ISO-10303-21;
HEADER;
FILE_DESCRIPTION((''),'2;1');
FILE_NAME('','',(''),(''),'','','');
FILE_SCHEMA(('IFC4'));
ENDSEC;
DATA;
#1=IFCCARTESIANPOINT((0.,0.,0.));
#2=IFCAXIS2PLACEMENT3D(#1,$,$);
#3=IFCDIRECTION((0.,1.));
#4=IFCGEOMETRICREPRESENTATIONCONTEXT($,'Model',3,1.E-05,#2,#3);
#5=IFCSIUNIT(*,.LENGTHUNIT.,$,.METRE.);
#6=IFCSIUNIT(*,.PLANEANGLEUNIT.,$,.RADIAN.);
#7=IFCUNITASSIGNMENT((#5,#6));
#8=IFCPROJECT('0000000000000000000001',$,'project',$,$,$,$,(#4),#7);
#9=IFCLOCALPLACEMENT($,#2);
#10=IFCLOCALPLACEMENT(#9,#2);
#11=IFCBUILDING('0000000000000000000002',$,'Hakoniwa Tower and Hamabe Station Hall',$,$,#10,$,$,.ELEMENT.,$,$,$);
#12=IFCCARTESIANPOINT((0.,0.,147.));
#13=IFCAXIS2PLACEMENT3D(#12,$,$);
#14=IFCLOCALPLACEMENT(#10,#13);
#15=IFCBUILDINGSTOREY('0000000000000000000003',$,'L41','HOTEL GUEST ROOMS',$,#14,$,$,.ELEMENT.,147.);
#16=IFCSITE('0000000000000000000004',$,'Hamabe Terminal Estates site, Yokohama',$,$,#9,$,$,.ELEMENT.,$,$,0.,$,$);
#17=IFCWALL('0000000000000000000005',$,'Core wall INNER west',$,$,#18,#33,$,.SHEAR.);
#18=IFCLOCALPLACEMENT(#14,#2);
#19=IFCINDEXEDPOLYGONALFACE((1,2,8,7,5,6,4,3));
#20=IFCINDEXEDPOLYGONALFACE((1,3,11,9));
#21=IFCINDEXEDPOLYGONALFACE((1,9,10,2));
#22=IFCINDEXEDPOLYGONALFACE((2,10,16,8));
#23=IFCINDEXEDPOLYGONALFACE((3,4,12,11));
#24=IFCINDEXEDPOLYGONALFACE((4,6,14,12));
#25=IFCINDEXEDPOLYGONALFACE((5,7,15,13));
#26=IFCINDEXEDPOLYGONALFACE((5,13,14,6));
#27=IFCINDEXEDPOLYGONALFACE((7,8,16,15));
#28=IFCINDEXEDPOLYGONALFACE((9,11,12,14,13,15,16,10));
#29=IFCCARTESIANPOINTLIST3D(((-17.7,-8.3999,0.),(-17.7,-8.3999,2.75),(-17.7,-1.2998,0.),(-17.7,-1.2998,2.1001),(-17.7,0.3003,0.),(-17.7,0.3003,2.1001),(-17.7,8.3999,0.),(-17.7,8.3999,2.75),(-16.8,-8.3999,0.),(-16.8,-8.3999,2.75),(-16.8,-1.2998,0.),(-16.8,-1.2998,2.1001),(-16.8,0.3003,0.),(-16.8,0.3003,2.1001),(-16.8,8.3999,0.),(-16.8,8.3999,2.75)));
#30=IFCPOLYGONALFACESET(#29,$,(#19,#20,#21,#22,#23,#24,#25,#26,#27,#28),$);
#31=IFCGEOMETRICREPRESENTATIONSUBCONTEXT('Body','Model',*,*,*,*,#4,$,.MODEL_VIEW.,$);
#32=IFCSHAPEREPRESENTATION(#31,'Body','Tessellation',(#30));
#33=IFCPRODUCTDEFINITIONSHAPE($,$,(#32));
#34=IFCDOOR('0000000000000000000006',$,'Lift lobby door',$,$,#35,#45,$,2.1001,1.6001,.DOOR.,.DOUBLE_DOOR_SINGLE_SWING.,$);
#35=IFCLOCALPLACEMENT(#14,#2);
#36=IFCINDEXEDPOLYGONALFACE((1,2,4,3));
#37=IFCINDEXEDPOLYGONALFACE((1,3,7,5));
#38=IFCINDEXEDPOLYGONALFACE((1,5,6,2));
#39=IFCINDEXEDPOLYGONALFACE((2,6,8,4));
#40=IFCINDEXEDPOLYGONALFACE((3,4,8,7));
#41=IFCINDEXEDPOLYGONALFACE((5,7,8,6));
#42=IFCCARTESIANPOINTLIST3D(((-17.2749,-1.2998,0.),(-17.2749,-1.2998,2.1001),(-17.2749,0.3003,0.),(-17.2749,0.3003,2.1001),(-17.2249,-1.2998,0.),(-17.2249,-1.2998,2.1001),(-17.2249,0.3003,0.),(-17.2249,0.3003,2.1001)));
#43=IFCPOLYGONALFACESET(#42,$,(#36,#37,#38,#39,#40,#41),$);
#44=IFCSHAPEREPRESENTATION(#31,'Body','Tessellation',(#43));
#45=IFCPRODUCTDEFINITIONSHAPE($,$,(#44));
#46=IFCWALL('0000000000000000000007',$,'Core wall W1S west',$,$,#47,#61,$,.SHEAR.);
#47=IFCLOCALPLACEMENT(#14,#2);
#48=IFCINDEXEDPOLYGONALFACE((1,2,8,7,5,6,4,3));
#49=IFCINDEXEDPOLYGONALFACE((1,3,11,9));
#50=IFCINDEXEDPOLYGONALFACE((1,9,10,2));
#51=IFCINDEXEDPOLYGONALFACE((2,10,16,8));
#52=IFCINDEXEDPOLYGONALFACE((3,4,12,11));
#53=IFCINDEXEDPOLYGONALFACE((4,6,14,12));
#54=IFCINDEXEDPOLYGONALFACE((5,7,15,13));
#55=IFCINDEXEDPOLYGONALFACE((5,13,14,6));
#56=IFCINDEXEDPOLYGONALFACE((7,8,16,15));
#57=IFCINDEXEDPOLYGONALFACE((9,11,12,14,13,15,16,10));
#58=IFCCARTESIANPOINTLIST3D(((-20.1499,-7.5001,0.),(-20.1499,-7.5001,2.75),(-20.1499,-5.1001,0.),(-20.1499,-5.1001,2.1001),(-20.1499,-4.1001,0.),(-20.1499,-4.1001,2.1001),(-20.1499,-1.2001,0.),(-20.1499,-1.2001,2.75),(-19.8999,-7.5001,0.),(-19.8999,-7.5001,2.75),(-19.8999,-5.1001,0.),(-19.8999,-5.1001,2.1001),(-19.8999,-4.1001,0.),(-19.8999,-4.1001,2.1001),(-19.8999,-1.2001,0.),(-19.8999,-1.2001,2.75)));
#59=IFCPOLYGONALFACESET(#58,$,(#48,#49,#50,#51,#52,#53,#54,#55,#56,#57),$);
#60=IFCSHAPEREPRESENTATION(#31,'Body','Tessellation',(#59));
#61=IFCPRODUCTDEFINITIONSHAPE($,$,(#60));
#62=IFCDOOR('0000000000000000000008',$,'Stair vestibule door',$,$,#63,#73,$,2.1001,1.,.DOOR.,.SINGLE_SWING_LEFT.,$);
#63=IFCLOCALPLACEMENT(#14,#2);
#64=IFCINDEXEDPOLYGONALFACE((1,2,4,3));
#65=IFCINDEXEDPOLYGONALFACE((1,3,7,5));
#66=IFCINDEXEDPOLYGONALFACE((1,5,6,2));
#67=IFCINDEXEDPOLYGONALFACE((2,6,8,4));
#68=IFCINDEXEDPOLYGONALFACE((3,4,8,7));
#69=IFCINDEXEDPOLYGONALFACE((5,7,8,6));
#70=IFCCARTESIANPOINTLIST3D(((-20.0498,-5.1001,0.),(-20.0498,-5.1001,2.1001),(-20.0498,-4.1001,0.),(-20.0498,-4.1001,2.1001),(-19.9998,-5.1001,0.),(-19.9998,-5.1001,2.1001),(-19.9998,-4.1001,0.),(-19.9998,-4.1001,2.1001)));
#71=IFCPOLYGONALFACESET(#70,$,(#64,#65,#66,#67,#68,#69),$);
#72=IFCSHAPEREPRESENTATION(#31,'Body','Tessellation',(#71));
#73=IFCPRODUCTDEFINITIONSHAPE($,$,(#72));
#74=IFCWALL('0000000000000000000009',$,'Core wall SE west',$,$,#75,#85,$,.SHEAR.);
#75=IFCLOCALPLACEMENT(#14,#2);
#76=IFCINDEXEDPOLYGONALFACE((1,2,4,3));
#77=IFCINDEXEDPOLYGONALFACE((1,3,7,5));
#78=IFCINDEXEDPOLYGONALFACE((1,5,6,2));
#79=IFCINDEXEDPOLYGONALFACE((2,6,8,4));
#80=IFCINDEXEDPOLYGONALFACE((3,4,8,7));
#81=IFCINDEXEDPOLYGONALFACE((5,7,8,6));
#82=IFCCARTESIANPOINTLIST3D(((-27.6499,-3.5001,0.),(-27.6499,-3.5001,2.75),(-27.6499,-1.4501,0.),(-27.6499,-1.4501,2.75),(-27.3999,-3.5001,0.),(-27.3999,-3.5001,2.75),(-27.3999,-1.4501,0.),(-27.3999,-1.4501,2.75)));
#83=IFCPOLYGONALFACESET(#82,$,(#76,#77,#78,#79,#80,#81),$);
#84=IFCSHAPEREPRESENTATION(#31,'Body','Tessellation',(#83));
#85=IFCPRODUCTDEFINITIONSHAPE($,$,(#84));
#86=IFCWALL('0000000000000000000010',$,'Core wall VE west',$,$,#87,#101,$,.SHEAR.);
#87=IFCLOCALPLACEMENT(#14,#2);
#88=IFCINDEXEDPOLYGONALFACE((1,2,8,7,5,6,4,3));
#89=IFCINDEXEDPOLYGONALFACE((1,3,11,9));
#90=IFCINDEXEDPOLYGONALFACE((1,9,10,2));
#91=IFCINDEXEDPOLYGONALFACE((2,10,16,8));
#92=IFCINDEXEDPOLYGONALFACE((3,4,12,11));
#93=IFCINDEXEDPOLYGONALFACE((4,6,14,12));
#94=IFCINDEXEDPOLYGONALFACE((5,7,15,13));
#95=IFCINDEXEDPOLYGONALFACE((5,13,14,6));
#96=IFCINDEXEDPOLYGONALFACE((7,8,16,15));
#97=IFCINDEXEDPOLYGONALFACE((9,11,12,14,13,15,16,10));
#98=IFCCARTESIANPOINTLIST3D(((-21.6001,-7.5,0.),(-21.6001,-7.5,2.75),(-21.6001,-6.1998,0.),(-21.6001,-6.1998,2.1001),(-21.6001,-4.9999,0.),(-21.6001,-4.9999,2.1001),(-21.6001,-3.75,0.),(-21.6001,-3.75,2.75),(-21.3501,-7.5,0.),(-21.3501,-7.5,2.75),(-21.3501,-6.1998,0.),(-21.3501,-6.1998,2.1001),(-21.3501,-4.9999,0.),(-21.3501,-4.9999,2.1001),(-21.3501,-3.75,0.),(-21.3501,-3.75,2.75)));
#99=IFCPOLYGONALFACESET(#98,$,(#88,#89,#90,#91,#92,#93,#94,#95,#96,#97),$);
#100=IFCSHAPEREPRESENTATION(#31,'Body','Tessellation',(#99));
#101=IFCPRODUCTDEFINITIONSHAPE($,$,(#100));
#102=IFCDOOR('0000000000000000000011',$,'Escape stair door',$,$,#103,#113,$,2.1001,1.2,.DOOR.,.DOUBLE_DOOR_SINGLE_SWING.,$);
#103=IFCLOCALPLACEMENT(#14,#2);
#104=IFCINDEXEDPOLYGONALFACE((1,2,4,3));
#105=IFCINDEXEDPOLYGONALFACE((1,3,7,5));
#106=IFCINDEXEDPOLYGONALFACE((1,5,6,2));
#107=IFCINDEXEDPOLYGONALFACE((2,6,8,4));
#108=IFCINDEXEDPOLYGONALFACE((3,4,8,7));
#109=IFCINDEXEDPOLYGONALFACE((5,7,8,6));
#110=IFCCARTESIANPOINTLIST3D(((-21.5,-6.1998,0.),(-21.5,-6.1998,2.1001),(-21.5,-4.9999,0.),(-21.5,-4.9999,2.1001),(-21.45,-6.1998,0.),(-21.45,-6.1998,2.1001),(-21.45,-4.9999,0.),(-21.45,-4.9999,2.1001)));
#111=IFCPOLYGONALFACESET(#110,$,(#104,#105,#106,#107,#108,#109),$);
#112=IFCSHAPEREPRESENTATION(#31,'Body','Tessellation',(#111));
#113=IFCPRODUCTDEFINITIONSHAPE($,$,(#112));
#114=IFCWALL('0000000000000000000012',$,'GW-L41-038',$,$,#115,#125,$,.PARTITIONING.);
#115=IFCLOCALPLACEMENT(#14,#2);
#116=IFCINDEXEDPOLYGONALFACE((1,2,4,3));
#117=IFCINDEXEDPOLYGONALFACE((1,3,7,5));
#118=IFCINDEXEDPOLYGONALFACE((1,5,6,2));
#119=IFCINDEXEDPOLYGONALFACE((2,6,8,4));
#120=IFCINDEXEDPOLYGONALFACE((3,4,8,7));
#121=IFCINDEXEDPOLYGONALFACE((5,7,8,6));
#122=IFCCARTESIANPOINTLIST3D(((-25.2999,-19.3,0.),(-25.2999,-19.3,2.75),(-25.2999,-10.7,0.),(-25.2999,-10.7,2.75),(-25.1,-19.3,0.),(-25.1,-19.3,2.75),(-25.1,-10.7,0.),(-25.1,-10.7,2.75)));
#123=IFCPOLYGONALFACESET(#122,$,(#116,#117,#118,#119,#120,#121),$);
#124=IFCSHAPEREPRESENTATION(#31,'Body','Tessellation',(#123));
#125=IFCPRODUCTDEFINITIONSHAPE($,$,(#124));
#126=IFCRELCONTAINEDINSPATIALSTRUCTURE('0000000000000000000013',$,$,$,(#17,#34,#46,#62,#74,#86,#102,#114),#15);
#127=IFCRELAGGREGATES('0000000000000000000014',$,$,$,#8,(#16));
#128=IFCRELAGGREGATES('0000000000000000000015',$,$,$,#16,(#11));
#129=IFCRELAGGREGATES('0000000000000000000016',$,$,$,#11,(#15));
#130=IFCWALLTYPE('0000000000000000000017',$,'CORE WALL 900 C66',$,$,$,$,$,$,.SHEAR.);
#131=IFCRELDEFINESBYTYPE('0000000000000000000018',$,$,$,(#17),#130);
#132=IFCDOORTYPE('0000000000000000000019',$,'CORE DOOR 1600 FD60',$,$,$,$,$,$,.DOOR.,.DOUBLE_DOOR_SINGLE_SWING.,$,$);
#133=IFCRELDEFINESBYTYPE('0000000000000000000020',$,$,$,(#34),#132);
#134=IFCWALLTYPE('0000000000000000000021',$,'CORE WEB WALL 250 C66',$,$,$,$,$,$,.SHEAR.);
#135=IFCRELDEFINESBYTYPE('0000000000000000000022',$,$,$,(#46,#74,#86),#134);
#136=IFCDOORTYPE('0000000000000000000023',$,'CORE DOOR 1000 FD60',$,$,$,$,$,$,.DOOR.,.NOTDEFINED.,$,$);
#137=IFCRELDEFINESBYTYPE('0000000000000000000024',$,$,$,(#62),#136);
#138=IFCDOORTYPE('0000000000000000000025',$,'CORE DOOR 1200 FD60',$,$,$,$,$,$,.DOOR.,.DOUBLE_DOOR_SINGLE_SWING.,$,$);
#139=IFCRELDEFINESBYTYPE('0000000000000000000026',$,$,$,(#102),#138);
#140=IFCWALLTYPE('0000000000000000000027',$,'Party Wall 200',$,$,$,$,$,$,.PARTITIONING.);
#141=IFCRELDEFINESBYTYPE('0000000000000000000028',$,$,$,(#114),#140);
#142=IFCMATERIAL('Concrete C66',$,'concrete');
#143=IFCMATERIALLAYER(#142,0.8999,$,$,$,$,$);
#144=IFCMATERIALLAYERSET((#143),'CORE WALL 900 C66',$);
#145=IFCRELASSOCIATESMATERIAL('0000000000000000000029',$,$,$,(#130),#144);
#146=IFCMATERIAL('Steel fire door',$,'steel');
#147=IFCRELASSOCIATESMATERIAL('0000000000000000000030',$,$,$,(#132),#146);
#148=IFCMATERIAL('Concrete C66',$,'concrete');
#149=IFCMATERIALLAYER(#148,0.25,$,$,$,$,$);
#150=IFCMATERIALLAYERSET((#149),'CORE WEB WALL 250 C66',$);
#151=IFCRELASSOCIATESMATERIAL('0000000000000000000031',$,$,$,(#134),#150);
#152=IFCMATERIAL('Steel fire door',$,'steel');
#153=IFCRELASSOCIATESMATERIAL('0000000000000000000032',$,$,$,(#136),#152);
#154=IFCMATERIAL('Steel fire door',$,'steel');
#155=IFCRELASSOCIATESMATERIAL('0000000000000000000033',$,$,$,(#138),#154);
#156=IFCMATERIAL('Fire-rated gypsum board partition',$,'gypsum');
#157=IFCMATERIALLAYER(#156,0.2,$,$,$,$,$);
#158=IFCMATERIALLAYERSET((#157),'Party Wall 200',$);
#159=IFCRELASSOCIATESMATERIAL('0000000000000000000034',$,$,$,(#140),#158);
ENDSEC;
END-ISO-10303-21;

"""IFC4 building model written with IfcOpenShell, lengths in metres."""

from ifc_helpers import new_model, si_unit, direction, frame, frame_2d, origin, place, context, subcontext, project, spatial, rectangle, extrude, material, layer, layer_set, type_object, element, fill, save


model = new_model("IFC4")

# Units and contexts
model_context = context("Model", 3, precision=1e-05, world=origin(), true_north=direction((0.0, 1.0)))
body_context = subcontext(model_context, "Body", "Model", "MODEL_VIEW")
ifc_project = project(units=[si_unit("LENGTHUNIT", "METRE"), si_unit("PLANEANGLEUNIT", "RADIAN")], contexts=[model_context])

# Site, building, storey
site_placement = place(None, origin())
site = spatial("IfcSite", under=ifc_project, at=site_placement, Name="Hamabe Terminal Estates site, Yokohama", CompositionType="ELEMENT", RefElevation=0.0)
building_placement = place(site_placement, origin())
building = spatial("IfcBuilding", under=site, at=building_placement, Name="Hakoniwa Tower and Hamabe Station Hall", CompositionType="ELEMENT")
storey_placement = place(building_placement, frame((0.0, 0.0, 147.0)))
storey = spatial("IfcBuildingStorey", under=building, at=storey_placement, Name="L41", Description="HOTEL GUEST ROOMS", CompositionType="ELEMENT", Elevation=147.0)

# Walls, openings, doors
ifc_material_1 = material(Name="Concrete C66", Category="concrete")
ifc_layer_1 = layer(ifc_material_1, 0.8999)
ifc_layer_set_1 = layer_set([ifc_layer_1], Name="CORE WALL 900 C66")
wall_type_1 = type_object("IfcWallType", Name="CORE WALL 900 C66", PredefinedType="SHEAR", material=ifc_layer_set_1)
wall_1_placement = place(storey_placement, frame((-17.25, -8.3999, 0.0), z_axis=(0.0, 0.0, 1.0), x_axis=(0.0, 1.0, 0.0)))
wall_1 = element("IfcWall", 1, at=wall_1_placement, inside=storey, type_object=wall_type_1, Name="Core wall INNER west", PredefinedType="SHEAR", context=body_context, shape_type="SweptSolid", body=[
    extrude(rectangle(XDim=16.7998, YDim=0.8999, at=frame_2d((8.3999, 0.0))), origin(), (0.0, 0.0, 1.0), 2.75),
])
opening_1_placement = place(wall_1_placement, frame((7.1001, 0.0, 0.0)))
opening_1 = element("IfcOpeningElement", 2, at=opening_1_placement, cuts=wall_1, PredefinedType="OPENING", context=body_context, shape_type="SweptSolid", body=[
    extrude(rectangle(XDim=1.6001, YDim=2.1001, at=frame_2d((0.8, 1.05))), frame((0.0, 0.46, 0.0), z_axis=(0.0, -1.0, 0.0), x_axis=(1.0, 0.0, 0.0)), (0.0, 0.0, 1.0), 0.9199),
])
ifc_material_2 = material(Name="Steel fire door", Category="steel")
door_type_1 = type_object("IfcDoorType", Name="CORE DOOR 1600 FD60", OperationType="DOUBLE_DOOR_SINGLE_SWING", PredefinedType="DOOR", material=ifc_material_2)
door_1_placement = place(opening_1_placement, origin())
door_1 = element("IfcDoor", 3, at=door_1_placement, inside=storey, type_object=door_type_1, Name="Lift lobby door", OperationType="DOUBLE_DOOR_SINGLE_SWING", OverallHeight=2.1001, OverallWidth=1.6001, PredefinedType="DOOR", context=body_context, shape_type="SweptSolid", body=[
    extrude(rectangle(XDim=1.6001, YDim=2.1001, at=frame_2d((0.8, 1.05))), frame((0.0, 0.0249, 0.0), z_axis=(0.0, -1.0, 0.0), x_axis=(1.0, 0.0, 0.0)), (0.0, 0.0, 1.0), 0.05),
])
fill(opening_1, door_1)
ifc_material_3 = material(Name="Concrete C66", Category="concrete")
ifc_layer_2 = layer(ifc_material_3, 0.25)
ifc_layer_set_2 = layer_set([ifc_layer_2], Name="CORE WEB WALL 250 C66")
wall_type_2 = type_object("IfcWallType", Name="CORE WEB WALL 250 C66", PredefinedType="SHEAR", material=ifc_layer_set_2)
wall_2_placement = place(storey_placement, frame((-20.0249, -7.5, 0.0), z_axis=(0.0, 0.0, 1.0), x_axis=(0.0, 1.0, 0.0)))
wall_2 = element("IfcWall", 4, at=wall_2_placement, inside=storey, type_object=wall_type_2, Name="Core wall W1S west", PredefinedType="SHEAR", context=body_context, shape_type="SweptSolid", body=[
    extrude(rectangle(XDim=6.3, YDim=0.25, at=frame_2d((3.1499, 0.0))), origin(), (0.0, 0.0, 1.0), 2.75),
])
opening_2_placement = place(wall_2_placement, frame((2.3999, 0.0, 0.0)))
opening_2 = element("IfcOpeningElement", 5, at=opening_2_placement, cuts=wall_2, PredefinedType="OPENING", context=body_context, shape_type="SweptSolid", body=[
    extrude(rectangle(XDim=1.0, YDim=2.1001, at=frame_2d((0.5, 1.05))), frame((0.0, 0.135, 0.0), z_axis=(0.0, -1.0, 0.0), x_axis=(1.0, 0.0, 0.0)), (0.0, 0.0, 1.0), 0.27),
])
ifc_material_4 = material(Name="Steel fire door", Category="steel")
door_type_2 = type_object("IfcDoorType", Name="CORE DOOR 1000 FD60", OperationType="NOTDEFINED", PredefinedType="DOOR", material=ifc_material_4)
door_2_placement = place(opening_2_placement, origin())
door_2 = element("IfcDoor", 6, at=door_2_placement, inside=storey, type_object=door_type_2, Name="Stair vestibule door", OperationType="SINGLE_SWING_LEFT", OverallHeight=2.1001, OverallWidth=1.0, PredefinedType="DOOR", context=body_context, shape_type="SweptSolid", body=[
    extrude(rectangle(XDim=1.0, YDim=2.1001, at=frame_2d((0.5, 1.05))), frame((0.0, 0.0249, 0.0), z_axis=(0.0, -1.0, 0.0), x_axis=(1.0, 0.0, 0.0)), (0.0, 0.0, 1.0), 0.05),
])
fill(opening_2, door_2)

# Wall
wall_3_placement = place(storey_placement, frame((-27.5249, -3.5, 0.0), z_axis=(0.0, 0.0, 1.0), x_axis=(0.0, 1.0, 0.0)))
element("IfcWall", 7, at=wall_3_placement, inside=storey, type_object=wall_type_2, Name="Core wall SE west", PredefinedType="SHEAR", context=body_context, shape_type="SweptSolid", body=[
    extrude(rectangle(XDim=2.05, YDim=0.25, at=frame_2d((1.0249, 0.0))), origin(), (0.0, 0.0, 1.0), 2.75),
])

# Wall, opening, door
wall_4_placement = place(storey_placement, frame((-21.4751, -7.5, 0.0), z_axis=(0.0, 0.0, 1.0), x_axis=(0.0, 1.0, 0.0)))
wall_4 = element("IfcWall", 8, at=wall_4_placement, inside=storey, type_object=wall_type_2, Name="Core wall VE west", PredefinedType="SHEAR", context=body_context, shape_type="SweptSolid", body=[
    extrude(rectangle(XDim=3.75, YDim=0.25, at=frame_2d((1.875, 0.0))), origin(), (0.0, 0.0, 1.0), 2.75),
])
opening_3_placement = place(wall_4_placement, frame((1.3, 0.0, 0.0)))
opening_3 = element("IfcOpeningElement", 9, at=opening_3_placement, cuts=wall_4, PredefinedType="OPENING", context=body_context, shape_type="SweptSolid", body=[
    extrude(rectangle(XDim=1.2, YDim=2.1001, at=frame_2d((0.6001, 1.05))), frame((0.0, 0.135, 0.0), z_axis=(0.0, -1.0, 0.0), x_axis=(1.0, 0.0, 0.0)), (0.0, 0.0, 1.0), 0.27),
])
ifc_material_5 = material(Name="Steel fire door", Category="steel")
door_type_3 = type_object("IfcDoorType", Name="CORE DOOR 1200 FD60", OperationType="DOUBLE_DOOR_SINGLE_SWING", PredefinedType="DOOR", material=ifc_material_5)
door_3_placement = place(opening_3_placement, origin())
door_3 = element("IfcDoor", 10, at=door_3_placement, inside=storey, type_object=door_type_3, Name="Escape stair door", OperationType="DOUBLE_DOOR_SINGLE_SWING", OverallHeight=2.1001, OverallWidth=1.2, PredefinedType="DOOR", context=body_context, shape_type="SweptSolid", body=[
    extrude(rectangle(XDim=1.2, YDim=2.1001, at=frame_2d((0.6001, 1.05))), frame((0.0, 0.0249, 0.0), z_axis=(0.0, -1.0, 0.0), x_axis=(1.0, 0.0, 0.0)), (0.0, 0.0, 1.0), 0.05),
])
fill(opening_3, door_3)

# Wall
ifc_material_6 = material(Name="Fire-rated gypsum board partition", Category="gypsum")
ifc_layer_3 = layer(ifc_material_6, 0.2)
ifc_layer_set_3 = layer_set([ifc_layer_3], Name="Party Wall 200")
wall_type_3 = type_object("IfcWallType", Name="Party Wall 200", PredefinedType="PARTITIONING", material=ifc_layer_set_3)
wall_5_placement = place(storey_placement, frame((-25.2, -19.3, 0.0), z_axis=(0.0, 0.0, 1.0), x_axis=(0.0, 1.0, 0.0)))
element("IfcWall", 11, at=wall_5_placement, inside=storey, type_object=wall_type_3, Name="GW-L41-038", PredefinedType="PARTITIONING", context=body_context, shape_type="SweptSolid", body=[
    extrude(rectangle(XDim=8.6001, YDim=0.2, at=frame_2d((4.3, 0.0))), origin(), (0.0, 0.0, 1.0), 2.75),
])

save(model, "model.ifc")
